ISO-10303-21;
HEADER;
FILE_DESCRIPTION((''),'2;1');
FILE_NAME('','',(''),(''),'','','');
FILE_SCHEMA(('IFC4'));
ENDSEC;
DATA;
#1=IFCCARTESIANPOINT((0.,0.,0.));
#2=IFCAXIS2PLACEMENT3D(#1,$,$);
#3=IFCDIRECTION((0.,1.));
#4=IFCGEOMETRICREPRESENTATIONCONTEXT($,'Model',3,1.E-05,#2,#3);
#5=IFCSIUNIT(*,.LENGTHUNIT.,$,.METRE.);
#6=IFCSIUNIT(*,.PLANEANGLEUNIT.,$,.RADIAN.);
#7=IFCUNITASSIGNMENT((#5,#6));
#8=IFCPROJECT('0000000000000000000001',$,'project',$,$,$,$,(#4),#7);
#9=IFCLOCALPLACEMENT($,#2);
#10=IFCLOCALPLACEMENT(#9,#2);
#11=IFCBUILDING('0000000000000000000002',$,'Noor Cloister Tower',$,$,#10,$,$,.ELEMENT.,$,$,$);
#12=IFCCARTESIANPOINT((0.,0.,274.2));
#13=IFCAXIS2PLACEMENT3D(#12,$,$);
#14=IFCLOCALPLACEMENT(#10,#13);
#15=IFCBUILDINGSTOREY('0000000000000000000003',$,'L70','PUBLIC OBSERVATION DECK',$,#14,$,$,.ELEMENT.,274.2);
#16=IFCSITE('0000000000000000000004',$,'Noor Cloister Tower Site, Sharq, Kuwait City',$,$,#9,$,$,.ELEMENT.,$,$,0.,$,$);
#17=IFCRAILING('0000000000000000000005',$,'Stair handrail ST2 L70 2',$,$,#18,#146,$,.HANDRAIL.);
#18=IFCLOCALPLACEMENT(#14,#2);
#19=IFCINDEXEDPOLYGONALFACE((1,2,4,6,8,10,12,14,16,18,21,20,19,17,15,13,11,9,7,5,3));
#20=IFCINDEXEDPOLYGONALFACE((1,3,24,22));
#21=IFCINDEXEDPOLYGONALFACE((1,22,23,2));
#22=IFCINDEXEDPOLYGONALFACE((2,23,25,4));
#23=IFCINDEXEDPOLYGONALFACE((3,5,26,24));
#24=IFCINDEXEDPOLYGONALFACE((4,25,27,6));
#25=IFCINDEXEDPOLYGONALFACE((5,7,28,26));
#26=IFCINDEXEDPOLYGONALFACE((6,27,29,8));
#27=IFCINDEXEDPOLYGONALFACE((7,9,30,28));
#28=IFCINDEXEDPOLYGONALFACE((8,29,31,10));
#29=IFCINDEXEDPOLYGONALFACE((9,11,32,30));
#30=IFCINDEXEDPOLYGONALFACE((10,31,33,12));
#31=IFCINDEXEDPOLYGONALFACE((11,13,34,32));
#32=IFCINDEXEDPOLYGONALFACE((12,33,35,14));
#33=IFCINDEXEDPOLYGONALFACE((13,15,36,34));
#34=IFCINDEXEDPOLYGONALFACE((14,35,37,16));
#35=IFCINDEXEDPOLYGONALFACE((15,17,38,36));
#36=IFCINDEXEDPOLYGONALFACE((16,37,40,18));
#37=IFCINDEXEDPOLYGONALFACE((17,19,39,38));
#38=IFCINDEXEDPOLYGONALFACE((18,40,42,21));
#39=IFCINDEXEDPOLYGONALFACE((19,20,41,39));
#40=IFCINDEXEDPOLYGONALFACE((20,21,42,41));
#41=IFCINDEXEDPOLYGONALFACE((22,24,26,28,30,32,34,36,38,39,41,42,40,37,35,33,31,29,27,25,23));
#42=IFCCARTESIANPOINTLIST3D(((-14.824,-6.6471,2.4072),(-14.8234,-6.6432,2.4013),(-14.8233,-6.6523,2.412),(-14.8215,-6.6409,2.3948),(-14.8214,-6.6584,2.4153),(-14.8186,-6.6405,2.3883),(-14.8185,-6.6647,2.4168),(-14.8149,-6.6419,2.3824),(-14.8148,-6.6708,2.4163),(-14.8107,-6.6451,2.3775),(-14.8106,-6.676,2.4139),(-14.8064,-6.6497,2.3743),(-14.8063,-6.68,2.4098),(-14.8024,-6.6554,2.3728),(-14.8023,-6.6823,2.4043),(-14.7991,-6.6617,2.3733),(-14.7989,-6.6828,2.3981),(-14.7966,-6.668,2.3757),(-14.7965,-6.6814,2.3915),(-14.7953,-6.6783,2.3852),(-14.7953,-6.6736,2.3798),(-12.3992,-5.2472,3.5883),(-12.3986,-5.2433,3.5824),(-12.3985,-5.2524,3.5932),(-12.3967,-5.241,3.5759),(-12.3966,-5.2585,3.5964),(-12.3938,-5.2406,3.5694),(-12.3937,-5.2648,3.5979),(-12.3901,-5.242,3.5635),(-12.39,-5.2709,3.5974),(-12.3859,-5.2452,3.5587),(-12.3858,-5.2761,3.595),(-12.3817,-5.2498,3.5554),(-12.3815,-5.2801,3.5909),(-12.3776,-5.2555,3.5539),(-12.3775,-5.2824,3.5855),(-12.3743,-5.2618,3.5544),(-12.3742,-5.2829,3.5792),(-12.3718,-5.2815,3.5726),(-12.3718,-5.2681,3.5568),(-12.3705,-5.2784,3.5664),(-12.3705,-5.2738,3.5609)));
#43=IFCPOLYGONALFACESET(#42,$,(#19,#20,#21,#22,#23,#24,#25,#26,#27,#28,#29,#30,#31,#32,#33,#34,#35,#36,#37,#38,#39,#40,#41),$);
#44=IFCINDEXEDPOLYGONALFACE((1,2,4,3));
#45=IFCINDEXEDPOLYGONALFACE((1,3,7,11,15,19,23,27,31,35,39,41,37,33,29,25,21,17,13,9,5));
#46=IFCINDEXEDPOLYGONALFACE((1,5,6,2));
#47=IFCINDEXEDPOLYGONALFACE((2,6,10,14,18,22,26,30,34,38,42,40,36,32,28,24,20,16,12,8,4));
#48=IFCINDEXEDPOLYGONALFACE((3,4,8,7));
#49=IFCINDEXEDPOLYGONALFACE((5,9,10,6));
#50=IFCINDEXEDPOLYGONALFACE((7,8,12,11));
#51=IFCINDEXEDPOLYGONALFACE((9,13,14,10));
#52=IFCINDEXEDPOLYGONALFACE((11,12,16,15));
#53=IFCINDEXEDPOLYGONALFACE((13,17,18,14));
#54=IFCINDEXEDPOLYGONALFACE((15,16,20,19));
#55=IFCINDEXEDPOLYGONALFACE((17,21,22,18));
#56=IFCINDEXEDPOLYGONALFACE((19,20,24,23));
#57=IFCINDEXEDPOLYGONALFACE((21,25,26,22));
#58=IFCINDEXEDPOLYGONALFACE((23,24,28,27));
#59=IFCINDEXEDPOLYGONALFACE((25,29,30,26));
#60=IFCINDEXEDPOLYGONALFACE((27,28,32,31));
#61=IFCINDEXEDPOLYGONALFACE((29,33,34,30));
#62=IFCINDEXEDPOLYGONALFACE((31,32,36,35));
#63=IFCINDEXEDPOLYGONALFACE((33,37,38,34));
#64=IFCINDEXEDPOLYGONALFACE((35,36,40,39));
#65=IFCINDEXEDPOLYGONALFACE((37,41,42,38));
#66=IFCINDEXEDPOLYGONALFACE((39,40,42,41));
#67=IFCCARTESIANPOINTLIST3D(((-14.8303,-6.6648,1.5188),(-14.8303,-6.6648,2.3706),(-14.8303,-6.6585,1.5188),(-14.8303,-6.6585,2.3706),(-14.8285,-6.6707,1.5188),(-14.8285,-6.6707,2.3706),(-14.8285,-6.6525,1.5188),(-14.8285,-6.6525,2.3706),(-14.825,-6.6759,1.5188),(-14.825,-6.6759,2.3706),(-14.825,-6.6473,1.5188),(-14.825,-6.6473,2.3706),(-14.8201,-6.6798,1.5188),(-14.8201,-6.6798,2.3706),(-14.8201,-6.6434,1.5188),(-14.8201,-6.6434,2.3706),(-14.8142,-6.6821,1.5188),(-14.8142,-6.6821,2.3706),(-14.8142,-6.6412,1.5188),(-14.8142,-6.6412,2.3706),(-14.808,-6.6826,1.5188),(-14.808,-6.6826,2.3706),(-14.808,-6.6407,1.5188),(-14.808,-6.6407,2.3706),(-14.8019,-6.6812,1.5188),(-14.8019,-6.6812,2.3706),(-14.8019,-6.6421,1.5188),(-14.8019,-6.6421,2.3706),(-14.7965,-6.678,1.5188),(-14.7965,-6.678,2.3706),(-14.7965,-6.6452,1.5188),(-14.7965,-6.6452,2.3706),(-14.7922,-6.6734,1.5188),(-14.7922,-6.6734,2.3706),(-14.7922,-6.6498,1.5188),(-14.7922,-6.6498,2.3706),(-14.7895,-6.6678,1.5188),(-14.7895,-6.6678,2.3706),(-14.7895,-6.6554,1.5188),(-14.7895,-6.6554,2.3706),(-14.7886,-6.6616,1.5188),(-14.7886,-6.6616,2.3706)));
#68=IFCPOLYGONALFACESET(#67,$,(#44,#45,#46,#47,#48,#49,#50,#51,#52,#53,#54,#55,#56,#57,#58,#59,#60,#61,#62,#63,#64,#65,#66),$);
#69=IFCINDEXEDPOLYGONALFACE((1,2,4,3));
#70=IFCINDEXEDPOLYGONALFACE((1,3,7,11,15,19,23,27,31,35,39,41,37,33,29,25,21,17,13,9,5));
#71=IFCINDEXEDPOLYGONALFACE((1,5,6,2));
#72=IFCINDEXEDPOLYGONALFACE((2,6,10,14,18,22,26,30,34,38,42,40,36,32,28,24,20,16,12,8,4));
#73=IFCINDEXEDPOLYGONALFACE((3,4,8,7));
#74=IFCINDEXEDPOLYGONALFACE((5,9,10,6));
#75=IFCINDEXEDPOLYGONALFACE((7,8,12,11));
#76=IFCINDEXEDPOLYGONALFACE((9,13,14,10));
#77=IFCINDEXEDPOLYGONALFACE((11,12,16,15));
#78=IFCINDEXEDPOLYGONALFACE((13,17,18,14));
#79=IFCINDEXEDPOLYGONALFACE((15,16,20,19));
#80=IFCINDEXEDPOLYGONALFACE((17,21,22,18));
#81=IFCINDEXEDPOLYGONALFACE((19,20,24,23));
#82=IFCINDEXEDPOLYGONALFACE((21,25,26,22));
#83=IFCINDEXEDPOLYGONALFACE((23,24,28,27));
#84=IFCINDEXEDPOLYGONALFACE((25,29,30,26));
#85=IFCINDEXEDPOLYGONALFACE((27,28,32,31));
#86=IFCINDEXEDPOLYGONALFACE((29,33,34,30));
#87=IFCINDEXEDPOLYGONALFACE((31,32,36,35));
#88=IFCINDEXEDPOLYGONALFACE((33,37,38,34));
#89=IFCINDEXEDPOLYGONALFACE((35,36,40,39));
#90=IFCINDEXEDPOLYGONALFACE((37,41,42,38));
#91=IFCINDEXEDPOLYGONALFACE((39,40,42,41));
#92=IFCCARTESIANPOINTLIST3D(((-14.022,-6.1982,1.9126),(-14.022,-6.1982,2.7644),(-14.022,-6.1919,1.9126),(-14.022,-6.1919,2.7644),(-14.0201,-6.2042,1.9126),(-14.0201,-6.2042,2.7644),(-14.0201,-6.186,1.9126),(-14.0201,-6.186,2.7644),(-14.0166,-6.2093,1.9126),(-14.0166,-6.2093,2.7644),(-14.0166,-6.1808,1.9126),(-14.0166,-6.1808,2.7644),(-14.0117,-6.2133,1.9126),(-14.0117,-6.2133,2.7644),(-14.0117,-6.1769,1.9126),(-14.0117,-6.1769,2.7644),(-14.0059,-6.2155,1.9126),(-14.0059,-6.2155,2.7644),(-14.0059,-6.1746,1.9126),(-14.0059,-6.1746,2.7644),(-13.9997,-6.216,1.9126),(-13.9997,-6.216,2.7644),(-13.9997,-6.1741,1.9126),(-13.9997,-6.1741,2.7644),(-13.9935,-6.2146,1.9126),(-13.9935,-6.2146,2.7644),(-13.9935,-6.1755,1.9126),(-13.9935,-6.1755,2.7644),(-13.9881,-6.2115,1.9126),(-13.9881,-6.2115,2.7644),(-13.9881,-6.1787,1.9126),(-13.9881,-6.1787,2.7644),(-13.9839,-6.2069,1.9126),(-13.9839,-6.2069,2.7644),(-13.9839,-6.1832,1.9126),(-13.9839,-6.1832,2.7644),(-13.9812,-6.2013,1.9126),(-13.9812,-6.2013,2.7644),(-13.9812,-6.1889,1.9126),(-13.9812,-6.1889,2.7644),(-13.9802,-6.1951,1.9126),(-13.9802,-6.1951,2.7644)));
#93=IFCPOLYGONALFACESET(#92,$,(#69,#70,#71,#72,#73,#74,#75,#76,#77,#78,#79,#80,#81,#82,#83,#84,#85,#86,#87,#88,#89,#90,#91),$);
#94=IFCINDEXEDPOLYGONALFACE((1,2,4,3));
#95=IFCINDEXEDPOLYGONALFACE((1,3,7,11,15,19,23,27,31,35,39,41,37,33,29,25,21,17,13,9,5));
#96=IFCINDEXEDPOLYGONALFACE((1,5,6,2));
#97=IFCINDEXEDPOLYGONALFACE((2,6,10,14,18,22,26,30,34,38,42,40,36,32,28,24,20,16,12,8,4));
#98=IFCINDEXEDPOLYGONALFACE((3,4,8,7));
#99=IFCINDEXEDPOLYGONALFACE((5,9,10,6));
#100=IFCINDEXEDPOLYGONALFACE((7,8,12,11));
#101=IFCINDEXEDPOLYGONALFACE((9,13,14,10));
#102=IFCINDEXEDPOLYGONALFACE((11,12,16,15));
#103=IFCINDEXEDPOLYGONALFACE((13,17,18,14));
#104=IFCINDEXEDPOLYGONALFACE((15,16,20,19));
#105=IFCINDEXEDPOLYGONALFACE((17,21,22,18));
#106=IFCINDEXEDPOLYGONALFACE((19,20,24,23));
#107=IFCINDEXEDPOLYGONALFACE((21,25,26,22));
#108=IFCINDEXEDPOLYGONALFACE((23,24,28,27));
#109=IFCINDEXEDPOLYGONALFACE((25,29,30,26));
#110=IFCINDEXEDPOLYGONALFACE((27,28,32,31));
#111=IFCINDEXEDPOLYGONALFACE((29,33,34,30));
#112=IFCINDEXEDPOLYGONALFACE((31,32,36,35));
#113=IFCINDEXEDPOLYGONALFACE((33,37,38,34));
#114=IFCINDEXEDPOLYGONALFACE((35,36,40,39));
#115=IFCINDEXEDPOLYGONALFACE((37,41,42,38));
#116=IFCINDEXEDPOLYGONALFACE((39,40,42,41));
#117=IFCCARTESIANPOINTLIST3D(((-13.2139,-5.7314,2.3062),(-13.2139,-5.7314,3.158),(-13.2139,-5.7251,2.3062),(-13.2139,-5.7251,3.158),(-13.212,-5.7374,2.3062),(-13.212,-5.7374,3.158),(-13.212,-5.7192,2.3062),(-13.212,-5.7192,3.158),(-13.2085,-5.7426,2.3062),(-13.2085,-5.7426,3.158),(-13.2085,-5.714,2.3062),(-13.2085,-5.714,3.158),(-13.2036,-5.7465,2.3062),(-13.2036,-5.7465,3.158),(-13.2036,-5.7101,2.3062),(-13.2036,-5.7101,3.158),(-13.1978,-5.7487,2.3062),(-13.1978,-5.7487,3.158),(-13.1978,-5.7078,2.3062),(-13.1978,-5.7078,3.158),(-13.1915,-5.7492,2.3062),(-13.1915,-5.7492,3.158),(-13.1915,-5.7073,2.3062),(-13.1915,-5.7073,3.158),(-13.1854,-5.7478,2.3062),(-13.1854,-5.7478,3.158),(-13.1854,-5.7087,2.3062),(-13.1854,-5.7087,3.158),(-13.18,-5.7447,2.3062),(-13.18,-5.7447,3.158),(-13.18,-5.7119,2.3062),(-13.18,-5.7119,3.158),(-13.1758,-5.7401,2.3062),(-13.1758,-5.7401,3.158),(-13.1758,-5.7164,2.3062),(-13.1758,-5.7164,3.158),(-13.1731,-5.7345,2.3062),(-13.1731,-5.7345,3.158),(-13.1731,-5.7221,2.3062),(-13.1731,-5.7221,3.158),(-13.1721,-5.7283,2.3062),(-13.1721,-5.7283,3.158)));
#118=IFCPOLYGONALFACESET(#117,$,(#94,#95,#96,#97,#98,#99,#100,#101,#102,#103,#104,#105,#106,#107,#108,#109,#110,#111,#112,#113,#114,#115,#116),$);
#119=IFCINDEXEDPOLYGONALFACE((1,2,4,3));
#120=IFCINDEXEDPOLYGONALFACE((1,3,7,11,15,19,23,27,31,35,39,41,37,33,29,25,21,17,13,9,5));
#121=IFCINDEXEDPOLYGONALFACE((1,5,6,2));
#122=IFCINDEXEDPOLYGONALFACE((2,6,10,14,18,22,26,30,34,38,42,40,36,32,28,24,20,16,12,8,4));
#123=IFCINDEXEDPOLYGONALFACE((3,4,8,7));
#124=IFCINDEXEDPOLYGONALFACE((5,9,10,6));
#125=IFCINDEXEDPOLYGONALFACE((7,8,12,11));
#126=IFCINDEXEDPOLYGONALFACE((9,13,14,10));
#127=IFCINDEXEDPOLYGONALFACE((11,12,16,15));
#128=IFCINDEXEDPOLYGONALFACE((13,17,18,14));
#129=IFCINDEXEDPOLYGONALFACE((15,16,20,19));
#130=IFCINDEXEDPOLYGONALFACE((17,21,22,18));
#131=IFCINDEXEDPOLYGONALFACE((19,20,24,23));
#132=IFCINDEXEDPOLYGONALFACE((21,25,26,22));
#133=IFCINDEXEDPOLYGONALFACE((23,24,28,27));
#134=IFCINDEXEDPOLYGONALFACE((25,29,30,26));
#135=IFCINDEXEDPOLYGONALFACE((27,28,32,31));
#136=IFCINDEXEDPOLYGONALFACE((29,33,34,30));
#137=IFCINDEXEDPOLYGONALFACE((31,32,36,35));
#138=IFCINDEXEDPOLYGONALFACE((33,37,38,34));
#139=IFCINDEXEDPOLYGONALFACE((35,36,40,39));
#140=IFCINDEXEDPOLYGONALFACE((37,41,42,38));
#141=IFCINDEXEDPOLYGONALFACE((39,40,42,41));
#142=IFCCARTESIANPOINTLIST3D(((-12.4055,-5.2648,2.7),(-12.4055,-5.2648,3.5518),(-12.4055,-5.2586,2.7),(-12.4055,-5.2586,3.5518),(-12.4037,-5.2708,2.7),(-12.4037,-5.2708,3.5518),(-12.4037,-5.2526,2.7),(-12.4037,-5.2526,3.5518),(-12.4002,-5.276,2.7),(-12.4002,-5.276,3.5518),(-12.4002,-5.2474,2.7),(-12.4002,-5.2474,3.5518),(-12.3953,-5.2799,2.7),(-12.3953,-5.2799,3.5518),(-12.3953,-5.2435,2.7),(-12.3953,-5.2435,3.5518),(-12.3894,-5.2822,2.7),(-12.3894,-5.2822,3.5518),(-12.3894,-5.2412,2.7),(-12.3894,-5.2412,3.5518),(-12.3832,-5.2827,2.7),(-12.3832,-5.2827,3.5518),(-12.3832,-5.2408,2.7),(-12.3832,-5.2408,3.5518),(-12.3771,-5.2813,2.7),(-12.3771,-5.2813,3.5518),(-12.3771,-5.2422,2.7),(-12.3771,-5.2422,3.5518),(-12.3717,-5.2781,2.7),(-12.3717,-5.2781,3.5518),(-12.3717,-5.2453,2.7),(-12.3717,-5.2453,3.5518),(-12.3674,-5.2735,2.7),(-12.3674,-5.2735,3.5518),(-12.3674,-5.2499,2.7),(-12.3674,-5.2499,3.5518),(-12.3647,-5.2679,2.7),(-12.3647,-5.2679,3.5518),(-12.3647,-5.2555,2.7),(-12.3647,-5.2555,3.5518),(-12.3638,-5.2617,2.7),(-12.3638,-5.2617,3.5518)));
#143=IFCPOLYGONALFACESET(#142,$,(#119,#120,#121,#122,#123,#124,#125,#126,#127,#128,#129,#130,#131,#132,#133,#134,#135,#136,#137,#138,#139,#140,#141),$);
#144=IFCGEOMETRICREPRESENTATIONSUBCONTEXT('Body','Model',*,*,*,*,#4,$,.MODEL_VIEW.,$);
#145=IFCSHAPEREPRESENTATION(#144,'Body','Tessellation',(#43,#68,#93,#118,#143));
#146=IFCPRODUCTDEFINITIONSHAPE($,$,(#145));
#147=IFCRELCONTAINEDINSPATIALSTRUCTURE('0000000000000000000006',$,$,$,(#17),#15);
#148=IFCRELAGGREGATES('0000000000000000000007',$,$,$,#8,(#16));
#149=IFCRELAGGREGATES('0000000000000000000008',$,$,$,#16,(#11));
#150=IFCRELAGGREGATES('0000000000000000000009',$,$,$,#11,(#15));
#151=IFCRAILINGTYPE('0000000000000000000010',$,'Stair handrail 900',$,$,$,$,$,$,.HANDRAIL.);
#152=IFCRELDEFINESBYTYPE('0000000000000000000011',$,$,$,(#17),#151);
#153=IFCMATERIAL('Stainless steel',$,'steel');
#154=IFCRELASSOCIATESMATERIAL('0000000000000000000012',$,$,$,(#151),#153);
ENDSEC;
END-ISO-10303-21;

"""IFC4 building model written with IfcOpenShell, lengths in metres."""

from ifc_helpers import new_model, si_unit, direction, frame, origin, origin_2d, place, context, subcontext, project, spatial, circle, extrude, material, type_object, element, save


model = new_model("IFC4")

# Units and contexts
model_context = context("Model", 3, precision=1e-05, world=origin(), true_north=direction((0.0, 1.0)))
body_context = subcontext(model_context, "Body", "Model", "MODEL_VIEW")
ifc_project = project(units=[si_unit("LENGTHUNIT", "METRE"), si_unit("PLANEANGLEUNIT", "RADIAN")], contexts=[model_context])

# Site, building, storey
site_placement = place(None, origin())
site = spatial("IfcSite", under=ifc_project, at=site_placement, Name="Noor Cloister Tower Site, Sharq, Kuwait City", CompositionType="ELEMENT", RefElevation=0.0)
building_placement = place(site_placement, origin())
building = spatial("IfcBuilding", under=site, at=building_placement, Name="Noor Cloister Tower", CompositionType="ELEMENT")
storey_placement = place(building_placement, frame((0.0, 0.0, 274.2)))
storey = spatial("IfcBuildingStorey", under=building, at=storey_placement, Name="L70", Description="PUBLIC OBSERVATION DECK", CompositionType="ELEMENT", Elevation=274.2)

# Railing
ifc_material_1 = material(Name="Stainless steel", Category="steel")
railing_type_1 = type_object("IfcRailingType", Name="Stair handrail 900", PredefinedType="HANDRAIL", material=ifc_material_1)
railing_1_placement = place(storey_placement, frame((-14.8096, -6.6616, 1.5188)))
element("IfcRailing", 1, at=railing_1_placement, inside=storey, type_object=railing_type_1, Name="Stair handrail ST2 L70 2", PredefinedType="HANDRAIL", context=body_context, shape_type="SweptSolid", body=[
    extrude(circle(Radius=0.0239, at=origin_2d()), frame((0.0, 0.0, 0.876), z_axis=(0.797939, 0.460671, 0.388686), x_axis=(-0.499984, 0.866035, 0.0)), (0.0, 0.0, 1.0), 3.0388),
    extrude(circle(Radius=0.021, at=origin_2d()), origin(), (0.0, 0.0, 1.0), 0.8518),
    extrude(circle(Radius=0.021, at=origin_2d()), frame((0.8083, 0.4666, 0.3938)), (0.0, 0.0, 1.0), 0.8518),
    extrude(circle(Radius=0.021, at=origin_2d()), frame((1.6165, 0.9333, 0.7874)), (0.0, 0.0, 1.0), 0.8518),
    extrude(circle(Radius=0.021, at=origin_2d()), frame((2.4248, 1.3999, 1.1812)), (0.0, 0.0, 1.0), 0.8518),
])

save(model, "model.ifc")
